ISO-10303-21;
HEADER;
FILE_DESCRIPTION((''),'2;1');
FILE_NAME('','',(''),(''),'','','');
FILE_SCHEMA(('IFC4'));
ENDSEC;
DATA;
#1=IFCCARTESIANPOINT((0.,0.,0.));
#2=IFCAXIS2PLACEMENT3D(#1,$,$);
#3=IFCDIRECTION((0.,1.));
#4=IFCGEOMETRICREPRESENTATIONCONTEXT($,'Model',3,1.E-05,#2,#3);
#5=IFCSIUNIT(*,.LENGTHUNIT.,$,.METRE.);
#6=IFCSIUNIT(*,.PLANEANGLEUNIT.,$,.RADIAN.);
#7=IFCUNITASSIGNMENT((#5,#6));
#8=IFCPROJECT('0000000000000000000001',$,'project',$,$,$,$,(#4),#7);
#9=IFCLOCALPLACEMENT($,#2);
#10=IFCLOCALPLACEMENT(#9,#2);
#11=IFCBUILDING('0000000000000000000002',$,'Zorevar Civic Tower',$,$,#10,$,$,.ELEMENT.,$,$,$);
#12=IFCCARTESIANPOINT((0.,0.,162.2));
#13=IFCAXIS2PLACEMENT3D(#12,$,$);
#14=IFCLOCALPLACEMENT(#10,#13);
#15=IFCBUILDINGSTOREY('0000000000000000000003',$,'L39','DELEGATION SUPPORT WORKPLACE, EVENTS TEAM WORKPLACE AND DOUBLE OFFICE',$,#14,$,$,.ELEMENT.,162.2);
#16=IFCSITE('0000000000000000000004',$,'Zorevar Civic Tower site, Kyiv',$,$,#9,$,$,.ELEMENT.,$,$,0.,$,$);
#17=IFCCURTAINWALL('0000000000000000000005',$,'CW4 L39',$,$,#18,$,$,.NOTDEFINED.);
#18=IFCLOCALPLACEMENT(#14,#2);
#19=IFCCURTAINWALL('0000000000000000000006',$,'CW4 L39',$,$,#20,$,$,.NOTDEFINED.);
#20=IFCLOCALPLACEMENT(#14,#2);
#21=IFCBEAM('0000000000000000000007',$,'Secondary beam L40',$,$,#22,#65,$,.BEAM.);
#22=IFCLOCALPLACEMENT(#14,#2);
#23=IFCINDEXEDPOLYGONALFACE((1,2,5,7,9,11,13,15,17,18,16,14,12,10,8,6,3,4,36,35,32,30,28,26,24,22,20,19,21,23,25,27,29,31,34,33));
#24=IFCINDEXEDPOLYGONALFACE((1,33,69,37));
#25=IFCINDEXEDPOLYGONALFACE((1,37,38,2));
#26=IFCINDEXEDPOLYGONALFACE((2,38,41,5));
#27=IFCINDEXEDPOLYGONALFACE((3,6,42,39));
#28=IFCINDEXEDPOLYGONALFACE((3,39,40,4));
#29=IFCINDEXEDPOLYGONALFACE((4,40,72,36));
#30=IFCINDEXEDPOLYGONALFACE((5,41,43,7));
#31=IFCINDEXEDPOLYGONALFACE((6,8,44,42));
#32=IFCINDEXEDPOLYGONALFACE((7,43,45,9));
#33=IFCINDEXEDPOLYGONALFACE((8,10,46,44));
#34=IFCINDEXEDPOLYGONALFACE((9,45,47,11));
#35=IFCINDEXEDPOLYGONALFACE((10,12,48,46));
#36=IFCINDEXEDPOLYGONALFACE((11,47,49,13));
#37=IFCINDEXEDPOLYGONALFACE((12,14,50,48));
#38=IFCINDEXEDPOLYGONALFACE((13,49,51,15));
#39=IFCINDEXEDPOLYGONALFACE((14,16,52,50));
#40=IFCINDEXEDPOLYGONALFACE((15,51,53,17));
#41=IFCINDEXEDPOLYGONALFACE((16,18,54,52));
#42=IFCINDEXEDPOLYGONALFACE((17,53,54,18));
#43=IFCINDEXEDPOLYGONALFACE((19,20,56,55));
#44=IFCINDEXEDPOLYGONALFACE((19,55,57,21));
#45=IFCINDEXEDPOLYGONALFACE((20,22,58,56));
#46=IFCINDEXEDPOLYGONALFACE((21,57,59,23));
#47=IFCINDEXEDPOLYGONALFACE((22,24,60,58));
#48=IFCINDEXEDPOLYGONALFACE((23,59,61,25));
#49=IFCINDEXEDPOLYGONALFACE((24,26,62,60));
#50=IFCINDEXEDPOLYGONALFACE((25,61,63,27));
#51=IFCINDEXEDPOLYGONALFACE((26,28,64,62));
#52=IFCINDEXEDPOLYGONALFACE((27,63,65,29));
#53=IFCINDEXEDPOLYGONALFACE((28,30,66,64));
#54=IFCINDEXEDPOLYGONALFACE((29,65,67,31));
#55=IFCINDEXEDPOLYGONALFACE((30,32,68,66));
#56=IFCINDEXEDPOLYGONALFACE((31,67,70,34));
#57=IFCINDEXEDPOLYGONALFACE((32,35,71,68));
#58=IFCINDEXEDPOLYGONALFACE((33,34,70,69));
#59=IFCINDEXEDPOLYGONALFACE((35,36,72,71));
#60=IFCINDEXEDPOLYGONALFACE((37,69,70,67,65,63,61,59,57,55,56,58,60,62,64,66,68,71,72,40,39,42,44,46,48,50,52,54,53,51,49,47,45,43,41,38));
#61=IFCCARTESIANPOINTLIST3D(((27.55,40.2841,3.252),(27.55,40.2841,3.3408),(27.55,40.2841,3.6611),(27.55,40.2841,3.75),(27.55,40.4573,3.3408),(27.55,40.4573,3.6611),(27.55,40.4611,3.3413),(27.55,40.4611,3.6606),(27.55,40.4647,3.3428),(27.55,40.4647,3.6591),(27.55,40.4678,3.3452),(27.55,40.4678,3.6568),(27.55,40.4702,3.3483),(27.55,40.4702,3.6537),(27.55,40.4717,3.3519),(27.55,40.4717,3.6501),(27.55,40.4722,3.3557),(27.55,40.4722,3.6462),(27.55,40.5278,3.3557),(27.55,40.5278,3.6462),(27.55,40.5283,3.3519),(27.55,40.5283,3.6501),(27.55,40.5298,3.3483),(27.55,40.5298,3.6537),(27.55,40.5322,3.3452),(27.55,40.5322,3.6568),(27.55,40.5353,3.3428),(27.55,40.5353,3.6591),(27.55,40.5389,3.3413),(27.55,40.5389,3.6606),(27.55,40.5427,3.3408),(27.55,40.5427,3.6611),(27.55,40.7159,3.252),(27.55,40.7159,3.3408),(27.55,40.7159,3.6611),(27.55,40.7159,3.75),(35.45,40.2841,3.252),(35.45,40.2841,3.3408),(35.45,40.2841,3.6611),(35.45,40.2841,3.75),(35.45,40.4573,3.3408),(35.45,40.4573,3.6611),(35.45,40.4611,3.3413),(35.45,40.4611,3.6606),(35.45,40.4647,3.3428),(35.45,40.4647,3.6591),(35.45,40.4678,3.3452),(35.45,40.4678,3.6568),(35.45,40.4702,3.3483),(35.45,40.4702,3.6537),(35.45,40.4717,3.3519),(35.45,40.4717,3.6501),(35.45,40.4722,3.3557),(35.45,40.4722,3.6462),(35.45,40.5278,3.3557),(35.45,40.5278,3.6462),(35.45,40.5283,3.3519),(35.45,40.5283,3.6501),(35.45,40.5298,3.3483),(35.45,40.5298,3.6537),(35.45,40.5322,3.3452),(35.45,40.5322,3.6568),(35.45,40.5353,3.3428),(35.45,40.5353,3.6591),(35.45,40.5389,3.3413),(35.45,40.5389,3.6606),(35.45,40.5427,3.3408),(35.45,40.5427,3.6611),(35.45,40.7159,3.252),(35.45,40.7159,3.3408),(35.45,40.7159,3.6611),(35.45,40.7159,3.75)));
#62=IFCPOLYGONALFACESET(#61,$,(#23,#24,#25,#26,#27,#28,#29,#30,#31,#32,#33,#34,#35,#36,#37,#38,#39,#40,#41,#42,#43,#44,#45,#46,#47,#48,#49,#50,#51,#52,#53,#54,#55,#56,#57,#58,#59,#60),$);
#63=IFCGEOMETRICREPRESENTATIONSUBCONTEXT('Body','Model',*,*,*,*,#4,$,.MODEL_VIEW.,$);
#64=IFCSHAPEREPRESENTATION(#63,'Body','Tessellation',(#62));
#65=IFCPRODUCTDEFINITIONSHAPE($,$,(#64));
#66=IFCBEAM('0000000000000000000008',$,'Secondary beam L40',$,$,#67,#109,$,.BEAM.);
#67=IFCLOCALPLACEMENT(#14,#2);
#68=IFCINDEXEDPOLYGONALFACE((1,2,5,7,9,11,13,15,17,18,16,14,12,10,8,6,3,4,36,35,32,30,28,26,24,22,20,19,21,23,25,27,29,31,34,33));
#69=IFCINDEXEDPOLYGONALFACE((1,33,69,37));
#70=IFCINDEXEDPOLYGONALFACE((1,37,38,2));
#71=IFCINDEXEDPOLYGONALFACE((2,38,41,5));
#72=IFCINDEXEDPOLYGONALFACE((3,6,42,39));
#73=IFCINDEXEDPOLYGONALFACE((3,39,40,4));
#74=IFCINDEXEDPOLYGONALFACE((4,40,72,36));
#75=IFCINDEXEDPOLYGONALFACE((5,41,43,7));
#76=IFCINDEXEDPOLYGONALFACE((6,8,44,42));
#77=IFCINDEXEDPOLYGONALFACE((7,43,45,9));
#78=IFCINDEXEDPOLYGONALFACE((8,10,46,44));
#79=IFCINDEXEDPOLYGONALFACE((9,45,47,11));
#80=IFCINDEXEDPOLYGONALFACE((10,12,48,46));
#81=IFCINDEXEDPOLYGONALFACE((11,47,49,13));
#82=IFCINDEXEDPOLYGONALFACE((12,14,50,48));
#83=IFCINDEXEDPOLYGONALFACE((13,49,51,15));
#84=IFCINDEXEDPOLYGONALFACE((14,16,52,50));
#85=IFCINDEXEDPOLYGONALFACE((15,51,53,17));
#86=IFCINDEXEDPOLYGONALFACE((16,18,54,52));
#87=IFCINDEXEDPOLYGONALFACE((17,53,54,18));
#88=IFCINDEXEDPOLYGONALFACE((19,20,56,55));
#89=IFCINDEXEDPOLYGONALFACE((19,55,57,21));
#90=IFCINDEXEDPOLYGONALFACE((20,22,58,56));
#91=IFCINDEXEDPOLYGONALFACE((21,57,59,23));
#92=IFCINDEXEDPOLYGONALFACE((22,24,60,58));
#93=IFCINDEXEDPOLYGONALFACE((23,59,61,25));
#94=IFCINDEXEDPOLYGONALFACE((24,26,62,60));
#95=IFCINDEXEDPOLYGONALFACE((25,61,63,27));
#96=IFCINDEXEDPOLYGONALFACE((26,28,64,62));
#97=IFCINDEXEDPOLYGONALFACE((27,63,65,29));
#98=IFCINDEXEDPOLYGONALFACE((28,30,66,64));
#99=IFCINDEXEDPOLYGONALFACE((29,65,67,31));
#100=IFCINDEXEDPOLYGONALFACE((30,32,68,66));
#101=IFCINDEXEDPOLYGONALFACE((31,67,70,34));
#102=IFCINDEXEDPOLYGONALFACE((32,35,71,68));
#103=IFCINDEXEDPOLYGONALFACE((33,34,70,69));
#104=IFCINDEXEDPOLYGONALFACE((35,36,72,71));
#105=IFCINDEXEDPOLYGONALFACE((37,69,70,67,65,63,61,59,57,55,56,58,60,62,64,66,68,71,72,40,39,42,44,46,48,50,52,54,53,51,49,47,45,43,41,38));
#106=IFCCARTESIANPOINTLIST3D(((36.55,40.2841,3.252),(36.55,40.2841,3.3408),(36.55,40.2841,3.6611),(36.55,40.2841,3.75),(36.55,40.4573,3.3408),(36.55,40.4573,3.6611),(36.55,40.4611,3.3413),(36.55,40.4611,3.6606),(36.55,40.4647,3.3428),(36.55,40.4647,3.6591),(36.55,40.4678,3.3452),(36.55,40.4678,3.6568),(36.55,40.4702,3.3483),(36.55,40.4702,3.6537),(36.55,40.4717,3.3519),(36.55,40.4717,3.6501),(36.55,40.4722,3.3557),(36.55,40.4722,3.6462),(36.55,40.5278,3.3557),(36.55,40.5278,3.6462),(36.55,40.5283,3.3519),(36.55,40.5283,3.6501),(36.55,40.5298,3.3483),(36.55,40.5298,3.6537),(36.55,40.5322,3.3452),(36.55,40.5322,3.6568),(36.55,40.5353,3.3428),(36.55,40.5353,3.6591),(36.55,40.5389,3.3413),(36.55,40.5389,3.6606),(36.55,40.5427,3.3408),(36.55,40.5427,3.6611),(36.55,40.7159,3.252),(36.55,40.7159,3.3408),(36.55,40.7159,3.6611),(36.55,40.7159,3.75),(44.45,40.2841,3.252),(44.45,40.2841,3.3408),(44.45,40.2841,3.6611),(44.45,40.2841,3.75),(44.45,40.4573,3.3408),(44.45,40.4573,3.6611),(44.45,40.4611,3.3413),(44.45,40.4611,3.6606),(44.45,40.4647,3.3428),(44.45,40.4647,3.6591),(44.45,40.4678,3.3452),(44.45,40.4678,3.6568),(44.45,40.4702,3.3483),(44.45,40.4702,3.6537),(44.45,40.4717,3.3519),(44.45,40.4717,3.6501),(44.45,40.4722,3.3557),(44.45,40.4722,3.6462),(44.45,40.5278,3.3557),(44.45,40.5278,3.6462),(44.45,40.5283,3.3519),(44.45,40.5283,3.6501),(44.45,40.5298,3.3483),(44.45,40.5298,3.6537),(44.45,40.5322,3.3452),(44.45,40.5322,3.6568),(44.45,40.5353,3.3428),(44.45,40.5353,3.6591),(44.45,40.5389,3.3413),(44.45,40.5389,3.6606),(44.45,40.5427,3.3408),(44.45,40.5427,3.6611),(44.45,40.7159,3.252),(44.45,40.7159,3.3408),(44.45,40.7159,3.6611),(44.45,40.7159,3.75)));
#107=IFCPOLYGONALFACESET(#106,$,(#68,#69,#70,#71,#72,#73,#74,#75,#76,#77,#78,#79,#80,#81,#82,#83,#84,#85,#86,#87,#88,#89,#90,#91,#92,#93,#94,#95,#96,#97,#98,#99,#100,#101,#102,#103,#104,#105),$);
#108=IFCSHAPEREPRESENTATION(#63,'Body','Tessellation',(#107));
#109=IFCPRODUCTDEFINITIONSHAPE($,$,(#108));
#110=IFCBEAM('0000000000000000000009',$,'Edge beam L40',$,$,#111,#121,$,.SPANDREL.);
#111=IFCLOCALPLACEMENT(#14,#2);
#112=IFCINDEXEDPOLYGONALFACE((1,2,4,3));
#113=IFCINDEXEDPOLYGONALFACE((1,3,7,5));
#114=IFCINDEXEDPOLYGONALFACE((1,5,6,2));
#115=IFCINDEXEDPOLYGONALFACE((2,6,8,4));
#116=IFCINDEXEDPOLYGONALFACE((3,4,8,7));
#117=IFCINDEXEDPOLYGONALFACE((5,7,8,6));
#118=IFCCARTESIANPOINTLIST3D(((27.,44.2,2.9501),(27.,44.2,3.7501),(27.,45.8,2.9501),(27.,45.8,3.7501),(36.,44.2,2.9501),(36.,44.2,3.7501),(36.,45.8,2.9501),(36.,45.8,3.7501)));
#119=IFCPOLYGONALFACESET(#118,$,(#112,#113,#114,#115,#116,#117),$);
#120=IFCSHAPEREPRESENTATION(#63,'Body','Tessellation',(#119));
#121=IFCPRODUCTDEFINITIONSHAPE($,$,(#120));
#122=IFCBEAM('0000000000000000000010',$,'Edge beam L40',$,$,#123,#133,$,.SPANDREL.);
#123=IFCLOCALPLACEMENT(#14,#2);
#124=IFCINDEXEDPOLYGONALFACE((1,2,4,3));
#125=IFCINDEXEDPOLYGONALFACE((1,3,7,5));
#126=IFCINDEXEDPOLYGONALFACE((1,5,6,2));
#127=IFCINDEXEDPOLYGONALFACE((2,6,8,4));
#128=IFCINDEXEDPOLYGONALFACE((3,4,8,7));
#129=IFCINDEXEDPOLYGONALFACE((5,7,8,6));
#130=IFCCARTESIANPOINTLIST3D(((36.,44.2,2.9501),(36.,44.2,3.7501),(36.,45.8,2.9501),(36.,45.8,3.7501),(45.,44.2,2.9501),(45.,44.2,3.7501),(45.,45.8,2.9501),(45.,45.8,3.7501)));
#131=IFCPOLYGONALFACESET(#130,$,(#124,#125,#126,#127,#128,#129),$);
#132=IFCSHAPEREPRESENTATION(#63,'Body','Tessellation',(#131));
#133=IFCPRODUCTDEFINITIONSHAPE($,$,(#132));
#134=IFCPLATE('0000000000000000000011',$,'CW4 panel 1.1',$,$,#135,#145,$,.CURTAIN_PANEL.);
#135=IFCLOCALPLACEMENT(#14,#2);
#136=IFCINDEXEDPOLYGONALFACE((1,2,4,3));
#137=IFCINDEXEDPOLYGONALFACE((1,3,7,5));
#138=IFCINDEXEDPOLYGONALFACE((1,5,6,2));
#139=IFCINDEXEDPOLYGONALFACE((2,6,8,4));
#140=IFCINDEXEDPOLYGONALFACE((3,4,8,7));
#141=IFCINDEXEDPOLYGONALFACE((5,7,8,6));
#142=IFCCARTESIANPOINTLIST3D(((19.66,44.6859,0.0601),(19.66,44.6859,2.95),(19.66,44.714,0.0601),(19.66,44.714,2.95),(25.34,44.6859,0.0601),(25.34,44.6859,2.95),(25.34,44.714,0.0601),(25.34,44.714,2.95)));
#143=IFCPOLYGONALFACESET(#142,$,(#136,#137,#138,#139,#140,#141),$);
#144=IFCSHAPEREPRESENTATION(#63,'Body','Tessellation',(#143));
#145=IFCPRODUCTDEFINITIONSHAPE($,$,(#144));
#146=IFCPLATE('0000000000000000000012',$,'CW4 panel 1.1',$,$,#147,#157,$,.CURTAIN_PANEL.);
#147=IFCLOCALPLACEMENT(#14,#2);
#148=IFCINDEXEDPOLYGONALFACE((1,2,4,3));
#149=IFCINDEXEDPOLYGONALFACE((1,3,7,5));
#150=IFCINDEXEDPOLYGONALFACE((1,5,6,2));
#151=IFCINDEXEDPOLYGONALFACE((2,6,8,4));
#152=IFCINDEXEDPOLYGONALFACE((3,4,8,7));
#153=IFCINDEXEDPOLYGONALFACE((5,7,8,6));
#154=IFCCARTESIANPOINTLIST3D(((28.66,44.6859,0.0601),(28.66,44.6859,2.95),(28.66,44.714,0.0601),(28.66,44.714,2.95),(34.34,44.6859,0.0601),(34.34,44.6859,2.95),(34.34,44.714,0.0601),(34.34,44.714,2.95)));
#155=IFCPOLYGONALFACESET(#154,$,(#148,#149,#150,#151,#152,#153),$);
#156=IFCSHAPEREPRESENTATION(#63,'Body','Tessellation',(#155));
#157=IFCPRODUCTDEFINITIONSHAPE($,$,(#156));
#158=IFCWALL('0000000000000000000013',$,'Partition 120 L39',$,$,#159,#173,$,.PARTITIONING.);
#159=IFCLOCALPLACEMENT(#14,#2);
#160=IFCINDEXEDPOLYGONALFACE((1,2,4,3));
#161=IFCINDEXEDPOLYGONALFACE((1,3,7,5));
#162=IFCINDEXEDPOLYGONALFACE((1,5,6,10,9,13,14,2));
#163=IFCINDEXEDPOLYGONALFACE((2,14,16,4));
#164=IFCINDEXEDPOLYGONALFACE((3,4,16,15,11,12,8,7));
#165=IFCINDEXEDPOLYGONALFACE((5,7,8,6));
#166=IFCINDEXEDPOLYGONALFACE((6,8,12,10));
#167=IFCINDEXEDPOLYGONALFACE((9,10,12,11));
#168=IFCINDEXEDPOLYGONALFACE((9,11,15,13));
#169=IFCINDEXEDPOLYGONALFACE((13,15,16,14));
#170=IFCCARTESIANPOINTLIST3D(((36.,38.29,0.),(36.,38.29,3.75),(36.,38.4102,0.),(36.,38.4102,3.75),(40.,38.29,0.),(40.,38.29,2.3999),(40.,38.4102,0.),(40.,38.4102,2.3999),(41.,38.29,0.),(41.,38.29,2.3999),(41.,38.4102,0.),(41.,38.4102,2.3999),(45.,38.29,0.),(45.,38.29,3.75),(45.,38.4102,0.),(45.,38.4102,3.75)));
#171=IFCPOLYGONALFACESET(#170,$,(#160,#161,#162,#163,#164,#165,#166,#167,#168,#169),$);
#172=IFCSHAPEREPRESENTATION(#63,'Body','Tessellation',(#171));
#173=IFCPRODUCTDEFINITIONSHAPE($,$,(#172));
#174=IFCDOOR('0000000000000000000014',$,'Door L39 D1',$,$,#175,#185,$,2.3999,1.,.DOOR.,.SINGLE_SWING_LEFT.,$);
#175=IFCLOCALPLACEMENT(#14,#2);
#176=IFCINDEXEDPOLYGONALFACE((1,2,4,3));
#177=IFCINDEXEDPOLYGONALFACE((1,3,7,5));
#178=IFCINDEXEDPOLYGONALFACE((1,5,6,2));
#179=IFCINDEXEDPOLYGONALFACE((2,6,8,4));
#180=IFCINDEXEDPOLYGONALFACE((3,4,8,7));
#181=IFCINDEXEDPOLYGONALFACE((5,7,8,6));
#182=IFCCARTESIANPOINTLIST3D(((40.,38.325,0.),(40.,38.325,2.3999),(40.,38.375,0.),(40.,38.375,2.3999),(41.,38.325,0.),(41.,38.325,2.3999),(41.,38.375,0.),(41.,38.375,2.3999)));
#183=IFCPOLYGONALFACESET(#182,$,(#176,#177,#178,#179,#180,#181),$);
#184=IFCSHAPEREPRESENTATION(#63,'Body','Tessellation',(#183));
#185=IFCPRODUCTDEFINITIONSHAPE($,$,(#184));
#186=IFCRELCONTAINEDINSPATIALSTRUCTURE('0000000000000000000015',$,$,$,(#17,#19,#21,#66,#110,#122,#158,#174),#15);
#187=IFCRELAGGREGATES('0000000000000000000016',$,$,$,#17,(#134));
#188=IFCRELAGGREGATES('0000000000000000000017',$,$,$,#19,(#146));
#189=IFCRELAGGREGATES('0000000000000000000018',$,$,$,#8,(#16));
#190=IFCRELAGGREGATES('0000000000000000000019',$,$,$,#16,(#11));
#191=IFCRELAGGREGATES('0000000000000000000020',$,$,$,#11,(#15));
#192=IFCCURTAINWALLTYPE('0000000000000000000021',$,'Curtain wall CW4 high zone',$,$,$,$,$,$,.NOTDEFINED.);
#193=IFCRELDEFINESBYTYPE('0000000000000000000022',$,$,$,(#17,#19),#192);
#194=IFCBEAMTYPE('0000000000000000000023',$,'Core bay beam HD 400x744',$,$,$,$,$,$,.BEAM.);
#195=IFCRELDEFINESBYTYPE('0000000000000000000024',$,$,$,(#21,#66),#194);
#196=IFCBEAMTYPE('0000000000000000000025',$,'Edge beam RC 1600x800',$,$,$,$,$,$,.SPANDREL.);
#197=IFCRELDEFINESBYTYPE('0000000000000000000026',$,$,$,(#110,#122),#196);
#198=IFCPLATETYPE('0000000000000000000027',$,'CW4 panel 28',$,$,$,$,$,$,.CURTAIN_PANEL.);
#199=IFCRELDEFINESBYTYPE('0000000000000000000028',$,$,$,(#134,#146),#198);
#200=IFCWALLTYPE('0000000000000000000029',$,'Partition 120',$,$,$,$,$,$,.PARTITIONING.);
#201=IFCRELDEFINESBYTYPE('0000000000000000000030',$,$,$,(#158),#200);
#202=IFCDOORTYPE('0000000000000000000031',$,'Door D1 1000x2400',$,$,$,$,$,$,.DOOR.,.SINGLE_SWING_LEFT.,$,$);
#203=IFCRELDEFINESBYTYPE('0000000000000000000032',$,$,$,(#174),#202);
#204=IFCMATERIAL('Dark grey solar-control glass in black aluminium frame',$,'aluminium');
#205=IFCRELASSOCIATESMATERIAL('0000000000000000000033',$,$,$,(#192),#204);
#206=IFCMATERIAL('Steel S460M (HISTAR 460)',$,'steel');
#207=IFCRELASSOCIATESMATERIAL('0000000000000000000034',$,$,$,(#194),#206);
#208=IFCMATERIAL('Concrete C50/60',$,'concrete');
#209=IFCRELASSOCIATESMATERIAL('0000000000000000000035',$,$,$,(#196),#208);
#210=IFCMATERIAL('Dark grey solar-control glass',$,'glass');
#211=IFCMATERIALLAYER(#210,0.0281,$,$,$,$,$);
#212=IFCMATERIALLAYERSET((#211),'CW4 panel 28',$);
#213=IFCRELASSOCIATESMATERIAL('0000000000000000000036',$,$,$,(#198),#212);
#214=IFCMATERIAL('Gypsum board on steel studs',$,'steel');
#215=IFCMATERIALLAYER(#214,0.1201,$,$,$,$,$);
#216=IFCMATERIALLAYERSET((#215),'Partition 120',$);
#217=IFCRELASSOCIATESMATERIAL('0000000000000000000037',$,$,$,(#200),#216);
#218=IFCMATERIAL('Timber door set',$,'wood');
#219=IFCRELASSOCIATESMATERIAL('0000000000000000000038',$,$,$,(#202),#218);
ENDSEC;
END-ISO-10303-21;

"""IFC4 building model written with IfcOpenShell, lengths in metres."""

from ifc_helpers import new_model, si_unit, direction, frame, frame_2d, origin, origin_2d, place, context, subcontext, project, spatial, rectangle, i_section, extrude, material, layer, layer_set, material_profile, profile_set, type_object, element, fill, aggregate, save


model = new_model("IFC4")

# Units and contexts
model_context = context("Model", 3, precision=1e-05, world=origin(), true_north=direction((0.0, 1.0)))
body_context = subcontext(model_context, "Body", "Model", "MODEL_VIEW")
ifc_project = project(units=[si_unit("LENGTHUNIT", "METRE"), si_unit("PLANEANGLEUNIT", "RADIAN")], contexts=[model_context])

# Site, building, storey
site_placement = place(None, origin())
site = spatial("IfcSite", under=ifc_project, at=site_placement, Name="Zorevar Civic Tower site, Kyiv", CompositionType="ELEMENT", RefElevation=0.0)
building_placement = place(site_placement, origin())
building = spatial("IfcBuilding", under=site, at=building_placement, Name="Zorevar Civic Tower", CompositionType="ELEMENT")
storey_placement = place(building_placement, frame((0.0, 0.0, 162.2)))
storey = spatial("IfcBuildingStorey", under=building, at=storey_placement, Name="L39", Description="DELEGATION SUPPORT WORKPLACE, EVENTS TEAM WORKPLACE AND DOUBLE OFFICE", CompositionType="ELEMENT", Elevation=162.2)

# Curtain walls
ifc_material_1 = material(Name="Dark grey solar-control glass in black aluminium frame", Category="aluminium")
curtain_wall_type = type_object("IfcCurtainWallType", Name="Curtain wall CW4 high zone", PredefinedType="NOTDEFINED", material=ifc_material_1)
curtain_wall_1_placement = place(storey_placement, origin())
curtain_wall_1 = element("IfcCurtainWall", 1, at=curtain_wall_1_placement, inside=storey, type_object=curtain_wall_type, Name="CW4 L39", PredefinedType="NOTDEFINED")
curtain_wall_2_placement = place(storey_placement, origin())
curtain_wall_2 = element("IfcCurtainWall", 2, at=curtain_wall_2_placement, inside=storey, type_object=curtain_wall_type, Name="CW4 L39", PredefinedType="NOTDEFINED")

# Beams
ifc_material_2 = material(Name="Steel S460M (HISTAR 460)", Category="steel")
ifc_material_profile_1 = material_profile(ifc_material_2, i_section(OverallWidth=0.4319, OverallDepth=0.498, WebThickness=0.0557, FlangeThickness=0.0889, FilletRadius=0.0149, at=origin_2d()), Name="HD 400x744")
ifc_profile_set_1 = profile_set([ifc_material_profile_1], Name="Steel S460M (HISTAR 460)")
beam_type_1 = type_object("IfcBeamType", Name="Core bay beam HD 400x744", PredefinedType="BEAM", material=ifc_profile_set_1)
for number, where, z_axis, x_axis, name in (
    (3, (27.55, 40.5, 3.501), (1.0, 0.0, 0.0), (0.0, 1.0, 0.0), "Secondary beam L40"),
    (4, (36.55, 40.5, 3.501), (1.0, 0.0, 0.0), (0.0, 1.0, 0.0), "Secondary beam L40"),
):
    element("IfcBeam", number, at=place(storey_placement, frame(where, z_axis=z_axis, x_axis=x_axis)), inside=storey, type_object=beam_type_1, Name=name, PredefinedType="BEAM", context=body_context, shape_type="SweptSolid", body=[
        extrude(i_section(OverallWidth=0.4319, OverallDepth=0.498, WebThickness=0.0557, FlangeThickness=0.0889, FilletRadius=0.0149, at=origin_2d()), origin(), (0.0, 0.0, 1.0), 7.8999),
    ])
ifc_material_3 = material(Name="Concrete C50/60", Category="concrete")
ifc_material_profile_2 = material_profile(ifc_material_3, rectangle(XDim=1.6001, YDim=0.8, at=origin_2d()), Name="RC 1600x800")
ifc_profile_set_2 = profile_set([ifc_material_profile_2], Name="Concrete C50/60")
beam_type_2 = type_object("IfcBeamType", Name="Edge beam RC 1600x800", PredefinedType="SPANDREL", material=ifc_profile_set_2)
for number, where, z_axis, x_axis, name in (
    (5, (27.0, 45.0, 3.3501), (1.0, 0.0, 0.0), (0.0, 1.0, 0.0), "Edge beam L40"),
    (6, (36.0, 45.0, 3.3501), (1.0, 0.0, 0.0), (0.0, 1.0, 0.0), "Edge beam L40"),
):
    element("IfcBeam", number, at=place(storey_placement, frame(where, z_axis=z_axis, x_axis=x_axis)), inside=storey, type_object=beam_type_2, Name=name, PredefinedType="SPANDREL", context=body_context, shape_type="SweptSolid", body=[
        extrude(rectangle(XDim=1.6001, YDim=0.8, at=origin_2d()), origin(), (0.0, 0.0, 1.0), 9.0),
    ])

# Plates
ifc_material_4 = material(Name="Dark grey solar-control glass", Category="glass")
ifc_layer_1 = layer(ifc_material_4, 0.0281)
ifc_layer_set_1 = layer_set([ifc_layer_1], Name="CW4 panel 28")
plate_type = type_object("IfcPlateType", Name="CW4 panel 28", PredefinedType="CURTAIN_PANEL", material=ifc_layer_set_1)
plate_1_placement = place(storey_placement, frame((22.5, 44.7, 0.0601), z_axis=(0.0, 0.0, 1.0), x_axis=(1.0, 0.0, 0.0)))
plate_1 = element("IfcPlate", 7, at=plate_1_placement, type_object=plate_type, Name="CW4 panel 1.1", PredefinedType="CURTAIN_PANEL", context=body_context, shape_type="SweptSolid", body=[
    extrude(rectangle(XDim=5.6799, YDim=0.0281, at=origin_2d()), origin(), (0.0, 0.0, 1.0), 2.8899),
])
aggregate(curtain_wall_1, [plate_1])
plate_2_placement = place(storey_placement, frame((31.5, 44.7, 0.0601), z_axis=(0.0, 0.0, 1.0), x_axis=(1.0, 0.0, 0.0)))
plate_2 = element("IfcPlate", 8, at=plate_2_placement, type_object=plate_type, Name="CW4 panel 1.1", PredefinedType="CURTAIN_PANEL", context=body_context, shape_type="SweptSolid", body=[
    extrude(rectangle(XDim=5.6799, YDim=0.0281, at=origin_2d()), origin(), (0.0, 0.0, 1.0), 2.8899),
])
aggregate(curtain_wall_2, [plate_2])

# Wall, opening, door
ifc_material_5 = material(Name="Gypsum board on steel studs", Category="steel")
ifc_layer_2 = layer(ifc_material_5, 0.1201)
ifc_layer_set_2 = layer_set([ifc_layer_2], Name="Partition 120")
wall_type = type_object("IfcWallType", Name="Partition 120", PredefinedType="PARTITIONING", material=ifc_layer_set_2)
wall_placement = place(storey_placement, frame((36.0, 38.3501, 0.0), z_axis=(0.0, 0.0, 1.0), x_axis=(1.0, 0.0, 0.0)))
wall = element("IfcWall", 9, at=wall_placement, inside=storey, type_object=wall_type, Name="Partition 120 L39", PredefinedType="PARTITIONING", context=body_context, shape_type="SweptSolid", body=[
    extrude(rectangle(XDim=9.0, YDim=0.1201, at=frame_2d((4.5, 0.0))), origin(), (0.0, 0.0, 1.0), 3.75),
])
opening_placement = place(wall_placement, frame((4.0, 0.0, 0.0)))
opening = element("IfcOpeningElement", 10, at=opening_placement, cuts=wall, PredefinedType="OPENING", context=body_context, shape_type="SweptSolid", body=[
    extrude(rectangle(XDim=1.0, YDim=2.3999, at=frame_2d((0.5, 1.2))), frame((0.0, 0.0701, 0.0), z_axis=(0.0, -1.0, 0.0), x_axis=(1.0, 0.0, 0.0)), (0.0, 0.0, 1.0), 0.1401),
])
ifc_material_6 = material(Name="Timber door set", Category="wood")
door_type = type_object("IfcDoorType", Name="Door D1 1000x2400", OperationType="SINGLE_SWING_LEFT", PredefinedType="DOOR", material=ifc_material_6)
door_placement = place(opening_placement, origin())
door = element("IfcDoor", 11, at=door_placement, inside=storey, type_object=door_type, Name="Door L39 D1", OperationType="SINGLE_SWING_LEFT", OverallHeight=2.3999, OverallWidth=1.0, PredefinedType="DOOR", context=body_context, shape_type="SweptSolid", body=[
    extrude(rectangle(XDim=1.0, YDim=2.3999, at=frame_2d((0.5, 1.2))), frame((0.0, 0.0249, 0.0), z_axis=(0.0, -1.0, 0.0), x_axis=(1.0, 0.0, 0.0)), (0.0, 0.0, 1.0), 0.05),
])
fill(opening, door)

save(model, "model.ifc")
